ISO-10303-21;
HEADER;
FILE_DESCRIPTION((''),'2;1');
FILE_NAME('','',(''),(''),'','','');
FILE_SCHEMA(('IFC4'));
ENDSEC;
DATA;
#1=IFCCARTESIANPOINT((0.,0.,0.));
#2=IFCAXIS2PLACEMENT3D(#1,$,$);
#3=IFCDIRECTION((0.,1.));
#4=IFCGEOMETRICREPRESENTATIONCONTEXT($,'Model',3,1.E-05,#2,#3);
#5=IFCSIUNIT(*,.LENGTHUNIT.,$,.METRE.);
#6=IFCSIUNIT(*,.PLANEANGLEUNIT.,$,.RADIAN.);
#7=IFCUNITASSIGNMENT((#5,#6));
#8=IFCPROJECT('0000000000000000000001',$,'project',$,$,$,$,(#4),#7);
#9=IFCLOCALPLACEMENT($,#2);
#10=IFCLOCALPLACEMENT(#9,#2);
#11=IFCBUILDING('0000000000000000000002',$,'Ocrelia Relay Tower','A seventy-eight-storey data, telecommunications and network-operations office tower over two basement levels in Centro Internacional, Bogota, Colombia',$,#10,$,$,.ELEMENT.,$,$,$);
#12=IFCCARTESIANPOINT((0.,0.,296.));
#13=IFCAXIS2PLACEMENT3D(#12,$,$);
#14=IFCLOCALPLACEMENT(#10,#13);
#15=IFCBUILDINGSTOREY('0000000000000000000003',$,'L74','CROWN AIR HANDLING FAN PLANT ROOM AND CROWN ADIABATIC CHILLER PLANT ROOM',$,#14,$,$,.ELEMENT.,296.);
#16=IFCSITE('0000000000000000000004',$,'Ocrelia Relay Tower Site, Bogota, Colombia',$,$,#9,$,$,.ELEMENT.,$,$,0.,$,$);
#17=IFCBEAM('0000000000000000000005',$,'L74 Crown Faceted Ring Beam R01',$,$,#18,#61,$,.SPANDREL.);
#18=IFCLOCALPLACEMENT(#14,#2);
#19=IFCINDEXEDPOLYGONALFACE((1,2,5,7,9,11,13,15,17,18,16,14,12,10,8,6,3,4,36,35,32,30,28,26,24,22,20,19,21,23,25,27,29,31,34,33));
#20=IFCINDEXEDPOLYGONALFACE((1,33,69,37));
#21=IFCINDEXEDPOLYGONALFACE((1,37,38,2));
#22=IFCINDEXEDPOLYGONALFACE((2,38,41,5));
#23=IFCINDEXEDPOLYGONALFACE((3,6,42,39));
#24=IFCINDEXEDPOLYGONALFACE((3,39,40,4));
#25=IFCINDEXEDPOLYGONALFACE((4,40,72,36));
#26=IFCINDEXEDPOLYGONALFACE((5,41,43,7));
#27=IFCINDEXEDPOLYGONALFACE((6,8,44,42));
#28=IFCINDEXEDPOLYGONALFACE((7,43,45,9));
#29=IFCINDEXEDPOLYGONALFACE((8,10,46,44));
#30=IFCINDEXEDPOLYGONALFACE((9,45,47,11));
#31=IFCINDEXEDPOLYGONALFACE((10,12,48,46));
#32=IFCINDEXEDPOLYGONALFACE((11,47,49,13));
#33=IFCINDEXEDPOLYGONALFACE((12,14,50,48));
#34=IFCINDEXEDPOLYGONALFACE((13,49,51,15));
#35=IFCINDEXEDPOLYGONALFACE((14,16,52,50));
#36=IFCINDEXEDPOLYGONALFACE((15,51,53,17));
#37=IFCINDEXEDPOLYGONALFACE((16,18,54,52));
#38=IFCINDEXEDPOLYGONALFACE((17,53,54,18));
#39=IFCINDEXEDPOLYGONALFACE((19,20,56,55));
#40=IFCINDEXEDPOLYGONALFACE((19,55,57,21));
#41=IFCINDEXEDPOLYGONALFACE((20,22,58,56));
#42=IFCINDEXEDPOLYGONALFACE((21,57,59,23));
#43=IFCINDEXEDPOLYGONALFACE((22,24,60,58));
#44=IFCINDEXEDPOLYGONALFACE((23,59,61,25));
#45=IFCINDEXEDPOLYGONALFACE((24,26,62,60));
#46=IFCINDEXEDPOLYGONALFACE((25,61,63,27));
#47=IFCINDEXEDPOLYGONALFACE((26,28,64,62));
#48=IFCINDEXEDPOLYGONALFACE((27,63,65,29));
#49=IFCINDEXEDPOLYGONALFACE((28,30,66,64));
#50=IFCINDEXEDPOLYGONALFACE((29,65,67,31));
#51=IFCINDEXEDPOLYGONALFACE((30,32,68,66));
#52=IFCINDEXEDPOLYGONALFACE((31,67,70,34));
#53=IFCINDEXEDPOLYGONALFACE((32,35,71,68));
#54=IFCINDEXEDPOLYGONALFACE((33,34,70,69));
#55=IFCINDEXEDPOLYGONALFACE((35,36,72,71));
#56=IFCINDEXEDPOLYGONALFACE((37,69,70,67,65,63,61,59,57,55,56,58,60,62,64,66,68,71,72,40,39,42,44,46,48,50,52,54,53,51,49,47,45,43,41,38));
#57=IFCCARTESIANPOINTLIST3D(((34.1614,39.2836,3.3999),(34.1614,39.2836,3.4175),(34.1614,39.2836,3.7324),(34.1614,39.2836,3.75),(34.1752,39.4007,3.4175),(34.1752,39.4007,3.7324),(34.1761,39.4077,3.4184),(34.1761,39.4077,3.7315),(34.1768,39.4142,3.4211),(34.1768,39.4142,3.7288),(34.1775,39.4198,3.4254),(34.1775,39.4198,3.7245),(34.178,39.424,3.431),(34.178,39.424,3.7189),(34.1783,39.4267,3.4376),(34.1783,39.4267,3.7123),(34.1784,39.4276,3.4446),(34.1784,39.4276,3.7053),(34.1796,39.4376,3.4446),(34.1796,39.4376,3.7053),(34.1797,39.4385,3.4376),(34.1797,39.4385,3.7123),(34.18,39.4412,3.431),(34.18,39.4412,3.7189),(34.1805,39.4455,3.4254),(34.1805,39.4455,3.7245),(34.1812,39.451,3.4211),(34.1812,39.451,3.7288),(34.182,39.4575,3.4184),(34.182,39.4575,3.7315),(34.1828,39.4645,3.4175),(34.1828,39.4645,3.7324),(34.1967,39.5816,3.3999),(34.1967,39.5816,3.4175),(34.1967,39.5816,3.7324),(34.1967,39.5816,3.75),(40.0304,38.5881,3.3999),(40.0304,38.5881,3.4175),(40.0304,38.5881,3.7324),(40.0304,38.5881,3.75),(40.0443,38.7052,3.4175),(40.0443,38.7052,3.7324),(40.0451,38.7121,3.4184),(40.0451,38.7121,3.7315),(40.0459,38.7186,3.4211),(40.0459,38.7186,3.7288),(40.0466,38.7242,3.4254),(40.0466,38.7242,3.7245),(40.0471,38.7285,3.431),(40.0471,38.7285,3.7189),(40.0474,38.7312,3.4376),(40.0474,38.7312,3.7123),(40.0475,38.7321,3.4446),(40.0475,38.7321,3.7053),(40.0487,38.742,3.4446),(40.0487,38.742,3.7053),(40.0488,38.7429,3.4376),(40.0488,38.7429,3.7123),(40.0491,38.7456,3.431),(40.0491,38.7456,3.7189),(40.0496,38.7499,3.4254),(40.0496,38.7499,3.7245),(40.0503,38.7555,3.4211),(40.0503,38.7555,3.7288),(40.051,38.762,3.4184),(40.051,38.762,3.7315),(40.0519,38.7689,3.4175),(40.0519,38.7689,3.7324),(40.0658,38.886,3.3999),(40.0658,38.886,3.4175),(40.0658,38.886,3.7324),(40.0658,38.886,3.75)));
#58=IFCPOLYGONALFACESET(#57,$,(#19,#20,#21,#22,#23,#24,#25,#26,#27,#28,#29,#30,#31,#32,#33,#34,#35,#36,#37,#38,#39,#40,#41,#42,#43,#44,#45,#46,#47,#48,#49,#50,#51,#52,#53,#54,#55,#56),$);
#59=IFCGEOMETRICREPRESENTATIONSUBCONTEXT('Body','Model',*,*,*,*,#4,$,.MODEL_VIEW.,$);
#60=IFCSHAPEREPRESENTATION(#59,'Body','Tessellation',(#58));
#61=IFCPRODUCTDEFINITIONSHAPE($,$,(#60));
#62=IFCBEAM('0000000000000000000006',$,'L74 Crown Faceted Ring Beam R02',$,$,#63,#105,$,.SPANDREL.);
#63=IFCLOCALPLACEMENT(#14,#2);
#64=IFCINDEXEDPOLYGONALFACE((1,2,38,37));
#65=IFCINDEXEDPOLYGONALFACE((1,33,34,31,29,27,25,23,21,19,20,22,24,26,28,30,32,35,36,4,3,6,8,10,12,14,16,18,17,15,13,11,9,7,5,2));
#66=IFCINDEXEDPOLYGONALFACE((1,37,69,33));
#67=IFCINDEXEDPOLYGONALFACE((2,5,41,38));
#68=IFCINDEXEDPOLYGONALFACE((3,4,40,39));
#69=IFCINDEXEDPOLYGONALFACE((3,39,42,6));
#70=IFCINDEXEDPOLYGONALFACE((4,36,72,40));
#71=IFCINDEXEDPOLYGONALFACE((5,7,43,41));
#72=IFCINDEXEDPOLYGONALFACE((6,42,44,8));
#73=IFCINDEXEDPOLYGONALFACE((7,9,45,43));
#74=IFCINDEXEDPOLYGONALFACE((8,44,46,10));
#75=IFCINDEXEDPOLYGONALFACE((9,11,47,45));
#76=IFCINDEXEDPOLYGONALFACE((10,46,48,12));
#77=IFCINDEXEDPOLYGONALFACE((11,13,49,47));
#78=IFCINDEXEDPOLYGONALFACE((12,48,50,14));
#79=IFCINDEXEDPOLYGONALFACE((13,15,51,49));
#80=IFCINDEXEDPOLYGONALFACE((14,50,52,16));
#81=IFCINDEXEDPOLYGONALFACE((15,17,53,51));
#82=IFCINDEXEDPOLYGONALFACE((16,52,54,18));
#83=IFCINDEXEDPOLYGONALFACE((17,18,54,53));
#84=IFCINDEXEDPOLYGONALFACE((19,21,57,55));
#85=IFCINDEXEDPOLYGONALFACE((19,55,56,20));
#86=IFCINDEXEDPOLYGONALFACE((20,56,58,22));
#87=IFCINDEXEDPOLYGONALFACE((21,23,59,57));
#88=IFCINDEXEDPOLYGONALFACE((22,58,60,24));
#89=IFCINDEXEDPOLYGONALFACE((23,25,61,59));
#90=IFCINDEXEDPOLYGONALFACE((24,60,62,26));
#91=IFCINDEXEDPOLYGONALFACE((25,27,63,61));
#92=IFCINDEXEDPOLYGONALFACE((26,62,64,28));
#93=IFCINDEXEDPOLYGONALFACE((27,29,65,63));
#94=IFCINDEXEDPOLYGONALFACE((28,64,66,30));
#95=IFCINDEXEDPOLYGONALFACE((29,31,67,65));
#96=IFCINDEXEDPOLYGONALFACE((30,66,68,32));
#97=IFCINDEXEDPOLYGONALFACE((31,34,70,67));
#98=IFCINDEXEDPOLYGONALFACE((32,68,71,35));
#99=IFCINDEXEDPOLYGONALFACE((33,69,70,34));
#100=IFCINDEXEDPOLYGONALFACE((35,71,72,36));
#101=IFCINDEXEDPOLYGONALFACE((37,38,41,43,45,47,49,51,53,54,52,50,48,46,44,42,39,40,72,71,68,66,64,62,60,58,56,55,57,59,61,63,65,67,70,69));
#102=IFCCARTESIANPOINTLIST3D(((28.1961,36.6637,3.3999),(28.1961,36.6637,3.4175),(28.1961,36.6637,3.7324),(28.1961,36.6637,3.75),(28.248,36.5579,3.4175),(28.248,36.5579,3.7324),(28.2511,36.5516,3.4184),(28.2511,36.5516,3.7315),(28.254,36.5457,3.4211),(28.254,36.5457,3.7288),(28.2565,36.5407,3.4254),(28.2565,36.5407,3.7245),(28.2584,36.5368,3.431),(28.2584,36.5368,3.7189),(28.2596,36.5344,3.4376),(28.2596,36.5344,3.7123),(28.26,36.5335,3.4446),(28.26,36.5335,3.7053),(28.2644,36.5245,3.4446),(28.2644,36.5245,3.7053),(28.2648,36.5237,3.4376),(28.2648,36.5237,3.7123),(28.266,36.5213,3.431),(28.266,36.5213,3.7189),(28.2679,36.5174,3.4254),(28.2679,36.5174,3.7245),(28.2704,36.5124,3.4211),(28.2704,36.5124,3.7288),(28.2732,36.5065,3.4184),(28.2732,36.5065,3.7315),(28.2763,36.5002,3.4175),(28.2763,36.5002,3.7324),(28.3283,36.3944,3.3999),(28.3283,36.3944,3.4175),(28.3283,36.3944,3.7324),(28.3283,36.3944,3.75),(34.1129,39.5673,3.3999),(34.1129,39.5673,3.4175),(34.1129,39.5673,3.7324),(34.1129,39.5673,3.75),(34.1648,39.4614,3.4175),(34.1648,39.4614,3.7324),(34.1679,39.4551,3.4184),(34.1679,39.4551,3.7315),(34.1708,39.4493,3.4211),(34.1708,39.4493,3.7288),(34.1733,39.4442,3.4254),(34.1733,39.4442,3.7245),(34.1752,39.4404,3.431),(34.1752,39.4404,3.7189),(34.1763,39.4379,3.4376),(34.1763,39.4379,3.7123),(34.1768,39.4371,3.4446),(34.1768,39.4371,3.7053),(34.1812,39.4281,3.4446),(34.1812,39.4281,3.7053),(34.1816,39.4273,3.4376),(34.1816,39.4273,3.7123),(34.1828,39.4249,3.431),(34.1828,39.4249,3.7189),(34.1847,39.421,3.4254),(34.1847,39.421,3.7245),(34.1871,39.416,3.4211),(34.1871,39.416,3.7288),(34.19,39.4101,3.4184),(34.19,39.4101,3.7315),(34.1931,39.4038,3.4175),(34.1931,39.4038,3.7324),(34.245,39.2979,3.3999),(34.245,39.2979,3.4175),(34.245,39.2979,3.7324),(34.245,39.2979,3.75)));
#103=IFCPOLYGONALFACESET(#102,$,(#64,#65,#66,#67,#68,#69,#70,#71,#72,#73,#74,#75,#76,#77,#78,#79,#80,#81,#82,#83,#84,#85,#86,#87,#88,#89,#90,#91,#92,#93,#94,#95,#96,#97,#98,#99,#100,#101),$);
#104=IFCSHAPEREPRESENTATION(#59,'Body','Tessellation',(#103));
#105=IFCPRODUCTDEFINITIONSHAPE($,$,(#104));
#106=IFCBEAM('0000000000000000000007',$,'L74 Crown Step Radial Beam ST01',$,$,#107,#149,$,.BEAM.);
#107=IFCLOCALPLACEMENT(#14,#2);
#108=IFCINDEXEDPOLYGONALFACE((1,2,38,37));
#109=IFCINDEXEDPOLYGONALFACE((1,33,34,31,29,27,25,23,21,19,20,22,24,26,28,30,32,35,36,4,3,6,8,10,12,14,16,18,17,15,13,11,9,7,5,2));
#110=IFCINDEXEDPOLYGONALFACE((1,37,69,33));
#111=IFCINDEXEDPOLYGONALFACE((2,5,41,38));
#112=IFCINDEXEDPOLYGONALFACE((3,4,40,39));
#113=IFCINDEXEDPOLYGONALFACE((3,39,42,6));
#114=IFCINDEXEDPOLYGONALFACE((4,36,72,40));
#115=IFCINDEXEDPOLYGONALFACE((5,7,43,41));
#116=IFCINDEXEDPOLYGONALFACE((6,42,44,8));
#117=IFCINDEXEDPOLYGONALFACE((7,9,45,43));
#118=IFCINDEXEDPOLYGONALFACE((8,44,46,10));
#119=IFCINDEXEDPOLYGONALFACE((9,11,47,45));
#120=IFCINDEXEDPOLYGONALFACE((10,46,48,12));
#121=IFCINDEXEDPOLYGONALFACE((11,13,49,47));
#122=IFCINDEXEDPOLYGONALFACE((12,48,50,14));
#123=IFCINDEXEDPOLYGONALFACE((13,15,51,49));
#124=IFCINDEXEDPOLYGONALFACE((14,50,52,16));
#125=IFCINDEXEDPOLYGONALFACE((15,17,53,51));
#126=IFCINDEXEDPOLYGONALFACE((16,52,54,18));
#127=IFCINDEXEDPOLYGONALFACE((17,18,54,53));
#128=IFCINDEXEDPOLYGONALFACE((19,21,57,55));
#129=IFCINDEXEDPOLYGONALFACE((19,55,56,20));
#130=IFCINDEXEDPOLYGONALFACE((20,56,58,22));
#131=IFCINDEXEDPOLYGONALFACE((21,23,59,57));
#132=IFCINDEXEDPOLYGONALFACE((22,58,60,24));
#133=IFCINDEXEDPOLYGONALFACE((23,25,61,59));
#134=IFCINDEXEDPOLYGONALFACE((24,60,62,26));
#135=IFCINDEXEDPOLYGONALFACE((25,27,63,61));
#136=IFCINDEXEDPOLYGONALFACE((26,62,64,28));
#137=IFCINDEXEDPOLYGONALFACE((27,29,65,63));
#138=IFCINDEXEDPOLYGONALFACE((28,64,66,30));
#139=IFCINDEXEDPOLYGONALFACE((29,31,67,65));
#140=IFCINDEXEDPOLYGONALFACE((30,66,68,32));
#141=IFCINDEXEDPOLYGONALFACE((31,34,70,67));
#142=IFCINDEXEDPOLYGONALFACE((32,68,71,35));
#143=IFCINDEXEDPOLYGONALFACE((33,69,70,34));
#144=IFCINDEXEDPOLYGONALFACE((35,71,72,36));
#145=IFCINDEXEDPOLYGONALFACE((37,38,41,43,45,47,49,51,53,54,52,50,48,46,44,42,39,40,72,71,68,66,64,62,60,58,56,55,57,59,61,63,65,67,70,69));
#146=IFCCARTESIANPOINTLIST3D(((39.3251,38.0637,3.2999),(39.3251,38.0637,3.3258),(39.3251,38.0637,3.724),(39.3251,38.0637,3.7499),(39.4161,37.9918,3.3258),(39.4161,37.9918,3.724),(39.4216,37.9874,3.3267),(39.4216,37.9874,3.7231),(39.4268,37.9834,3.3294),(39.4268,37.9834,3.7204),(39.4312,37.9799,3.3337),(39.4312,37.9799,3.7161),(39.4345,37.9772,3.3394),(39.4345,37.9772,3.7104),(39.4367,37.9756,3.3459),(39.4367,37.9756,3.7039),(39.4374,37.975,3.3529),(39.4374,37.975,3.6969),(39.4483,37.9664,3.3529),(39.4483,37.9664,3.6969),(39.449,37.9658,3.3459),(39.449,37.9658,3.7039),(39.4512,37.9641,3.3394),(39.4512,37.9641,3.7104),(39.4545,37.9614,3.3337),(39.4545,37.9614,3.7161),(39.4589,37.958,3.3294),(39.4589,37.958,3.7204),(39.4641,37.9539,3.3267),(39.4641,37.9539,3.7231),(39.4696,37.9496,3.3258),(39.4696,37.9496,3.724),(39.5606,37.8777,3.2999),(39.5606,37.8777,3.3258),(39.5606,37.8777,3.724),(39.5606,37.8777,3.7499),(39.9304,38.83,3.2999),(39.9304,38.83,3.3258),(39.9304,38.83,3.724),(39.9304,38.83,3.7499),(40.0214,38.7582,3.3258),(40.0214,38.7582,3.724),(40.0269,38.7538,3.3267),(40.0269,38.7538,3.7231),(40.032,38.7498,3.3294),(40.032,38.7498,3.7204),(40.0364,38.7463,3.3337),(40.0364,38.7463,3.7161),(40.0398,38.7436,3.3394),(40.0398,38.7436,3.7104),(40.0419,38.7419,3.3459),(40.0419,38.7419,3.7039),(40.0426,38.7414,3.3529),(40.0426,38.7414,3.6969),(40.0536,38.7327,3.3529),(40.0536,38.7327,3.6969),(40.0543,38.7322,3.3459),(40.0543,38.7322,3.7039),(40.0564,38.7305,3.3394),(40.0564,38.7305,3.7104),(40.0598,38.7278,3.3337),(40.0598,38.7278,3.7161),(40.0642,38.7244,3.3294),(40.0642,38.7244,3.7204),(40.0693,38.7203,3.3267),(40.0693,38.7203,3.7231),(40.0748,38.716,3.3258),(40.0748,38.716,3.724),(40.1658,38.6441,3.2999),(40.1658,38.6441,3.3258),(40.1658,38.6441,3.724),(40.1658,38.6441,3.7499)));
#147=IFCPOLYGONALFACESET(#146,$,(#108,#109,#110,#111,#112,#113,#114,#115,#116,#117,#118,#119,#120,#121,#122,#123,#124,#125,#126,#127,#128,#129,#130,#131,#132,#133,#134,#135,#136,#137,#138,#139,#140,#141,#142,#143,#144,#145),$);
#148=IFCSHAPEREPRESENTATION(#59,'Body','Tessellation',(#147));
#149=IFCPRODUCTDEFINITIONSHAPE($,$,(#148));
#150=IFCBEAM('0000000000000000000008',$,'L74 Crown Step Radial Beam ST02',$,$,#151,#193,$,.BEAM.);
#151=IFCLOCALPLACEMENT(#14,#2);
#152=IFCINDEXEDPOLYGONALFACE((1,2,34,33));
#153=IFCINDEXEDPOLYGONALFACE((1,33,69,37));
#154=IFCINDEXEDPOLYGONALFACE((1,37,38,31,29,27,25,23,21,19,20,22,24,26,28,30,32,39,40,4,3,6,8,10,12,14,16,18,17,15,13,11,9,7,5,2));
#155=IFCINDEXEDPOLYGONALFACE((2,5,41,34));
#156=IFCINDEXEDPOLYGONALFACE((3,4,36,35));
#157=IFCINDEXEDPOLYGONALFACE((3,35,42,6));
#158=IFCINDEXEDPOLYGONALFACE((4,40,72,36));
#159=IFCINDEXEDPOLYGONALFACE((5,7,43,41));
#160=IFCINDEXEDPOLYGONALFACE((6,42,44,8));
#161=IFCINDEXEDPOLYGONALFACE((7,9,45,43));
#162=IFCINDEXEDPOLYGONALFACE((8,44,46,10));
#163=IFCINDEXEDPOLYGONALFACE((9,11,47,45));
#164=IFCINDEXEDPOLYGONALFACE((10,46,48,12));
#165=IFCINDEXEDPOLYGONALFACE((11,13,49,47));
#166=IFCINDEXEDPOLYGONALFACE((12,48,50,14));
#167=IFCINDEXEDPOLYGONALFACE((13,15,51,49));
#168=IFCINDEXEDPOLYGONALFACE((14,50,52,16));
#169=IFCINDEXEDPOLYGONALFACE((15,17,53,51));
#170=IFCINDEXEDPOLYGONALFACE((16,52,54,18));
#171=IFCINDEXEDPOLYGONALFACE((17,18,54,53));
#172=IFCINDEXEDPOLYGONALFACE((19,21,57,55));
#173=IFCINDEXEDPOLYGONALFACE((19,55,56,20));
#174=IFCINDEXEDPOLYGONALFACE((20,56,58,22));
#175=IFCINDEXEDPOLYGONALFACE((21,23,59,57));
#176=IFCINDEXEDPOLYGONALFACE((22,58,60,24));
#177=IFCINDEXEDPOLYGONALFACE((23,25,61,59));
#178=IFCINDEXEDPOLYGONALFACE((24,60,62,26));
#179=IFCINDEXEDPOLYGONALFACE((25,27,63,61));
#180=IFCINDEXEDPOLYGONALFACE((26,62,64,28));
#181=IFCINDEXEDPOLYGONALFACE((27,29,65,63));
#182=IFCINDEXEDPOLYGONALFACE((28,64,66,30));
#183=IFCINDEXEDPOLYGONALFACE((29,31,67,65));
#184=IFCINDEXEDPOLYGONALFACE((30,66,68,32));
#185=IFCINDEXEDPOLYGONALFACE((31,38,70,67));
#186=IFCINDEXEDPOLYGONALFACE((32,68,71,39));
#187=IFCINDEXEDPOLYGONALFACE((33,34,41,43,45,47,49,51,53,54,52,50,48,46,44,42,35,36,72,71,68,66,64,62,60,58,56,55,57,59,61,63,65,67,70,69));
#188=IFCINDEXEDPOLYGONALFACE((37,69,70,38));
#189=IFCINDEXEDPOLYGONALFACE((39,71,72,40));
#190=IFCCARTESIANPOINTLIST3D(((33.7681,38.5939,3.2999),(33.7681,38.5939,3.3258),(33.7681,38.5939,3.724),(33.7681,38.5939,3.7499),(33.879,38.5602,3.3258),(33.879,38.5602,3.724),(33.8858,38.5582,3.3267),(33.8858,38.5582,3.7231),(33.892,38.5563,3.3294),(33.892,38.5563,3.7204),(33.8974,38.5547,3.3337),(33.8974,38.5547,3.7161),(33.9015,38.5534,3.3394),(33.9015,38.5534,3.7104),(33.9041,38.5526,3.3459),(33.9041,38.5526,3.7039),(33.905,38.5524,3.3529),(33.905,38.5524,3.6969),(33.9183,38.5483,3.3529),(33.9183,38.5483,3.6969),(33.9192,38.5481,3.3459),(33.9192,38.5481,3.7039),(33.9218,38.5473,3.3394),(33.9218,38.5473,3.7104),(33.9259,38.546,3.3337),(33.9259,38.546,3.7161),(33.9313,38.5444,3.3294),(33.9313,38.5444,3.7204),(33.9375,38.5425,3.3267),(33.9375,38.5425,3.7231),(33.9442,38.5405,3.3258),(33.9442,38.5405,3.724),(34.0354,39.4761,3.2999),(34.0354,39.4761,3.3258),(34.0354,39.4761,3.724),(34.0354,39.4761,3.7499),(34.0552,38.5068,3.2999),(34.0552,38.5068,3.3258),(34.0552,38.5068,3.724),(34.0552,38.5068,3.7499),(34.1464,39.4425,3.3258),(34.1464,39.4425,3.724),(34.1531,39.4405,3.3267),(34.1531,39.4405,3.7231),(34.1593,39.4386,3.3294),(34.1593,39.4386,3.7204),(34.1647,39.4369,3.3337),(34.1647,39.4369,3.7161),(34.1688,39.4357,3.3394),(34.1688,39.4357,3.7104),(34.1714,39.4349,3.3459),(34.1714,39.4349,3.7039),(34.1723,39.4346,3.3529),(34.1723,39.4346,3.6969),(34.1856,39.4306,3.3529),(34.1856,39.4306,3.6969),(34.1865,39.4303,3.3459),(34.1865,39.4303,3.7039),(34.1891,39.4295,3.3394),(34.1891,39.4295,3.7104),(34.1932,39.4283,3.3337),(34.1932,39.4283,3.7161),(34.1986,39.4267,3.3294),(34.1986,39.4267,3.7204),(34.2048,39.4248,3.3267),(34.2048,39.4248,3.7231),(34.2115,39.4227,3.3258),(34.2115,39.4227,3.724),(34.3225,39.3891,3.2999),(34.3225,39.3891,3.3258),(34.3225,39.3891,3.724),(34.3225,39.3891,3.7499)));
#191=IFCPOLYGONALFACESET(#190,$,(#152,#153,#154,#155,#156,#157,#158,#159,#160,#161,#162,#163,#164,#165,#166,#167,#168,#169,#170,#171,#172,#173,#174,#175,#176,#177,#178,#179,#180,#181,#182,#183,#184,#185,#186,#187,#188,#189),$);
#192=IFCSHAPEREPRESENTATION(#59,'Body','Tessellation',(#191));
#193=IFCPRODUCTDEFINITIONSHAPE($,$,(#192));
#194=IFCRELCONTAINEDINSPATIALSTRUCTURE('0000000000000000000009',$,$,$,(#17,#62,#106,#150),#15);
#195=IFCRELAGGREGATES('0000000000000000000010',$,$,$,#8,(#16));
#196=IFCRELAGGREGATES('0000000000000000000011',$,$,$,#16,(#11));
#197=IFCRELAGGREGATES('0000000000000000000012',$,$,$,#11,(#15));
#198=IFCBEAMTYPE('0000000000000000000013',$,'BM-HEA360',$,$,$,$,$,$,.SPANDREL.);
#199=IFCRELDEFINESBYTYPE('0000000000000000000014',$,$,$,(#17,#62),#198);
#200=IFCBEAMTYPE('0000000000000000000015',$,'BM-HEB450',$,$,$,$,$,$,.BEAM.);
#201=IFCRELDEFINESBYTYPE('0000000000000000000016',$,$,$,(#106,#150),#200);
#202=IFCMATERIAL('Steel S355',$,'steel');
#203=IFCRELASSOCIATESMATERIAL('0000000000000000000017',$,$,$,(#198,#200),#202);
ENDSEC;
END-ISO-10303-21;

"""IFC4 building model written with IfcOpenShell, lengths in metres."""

from ifc_helpers import new_model, si_unit, direction, frame, origin, origin_2d, place, context, subcontext, project, spatial, i_section, extrude, material, material_profile, profile_set, type_object, element, save


model = new_model("IFC4")

# Units and contexts
model_context = context("Model", 3, precision=1e-05, world=origin(), true_north=direction((0.0, 1.0)))
body_context = subcontext(model_context, "Body", "Model", "MODEL_VIEW")
ifc_project = project(units=[si_unit("LENGTHUNIT", "METRE"), si_unit("PLANEANGLEUNIT", "RADIAN")], contexts=[model_context])

# Site, building, storey
site_placement = place(None, origin())
site = spatial("IfcSite", under=ifc_project, at=site_placement, Name="Ocrelia Relay Tower Site, Bogota, Colombia", CompositionType="ELEMENT", RefElevation=0.0)
building_placement = place(site_placement, origin())
building = spatial("IfcBuilding", under=site, at=building_placement, Name="Ocrelia Relay Tower", Description="A seventy-eight-storey data, telecommunications and network-operations office tower over two basement levels in Centro Internacional, Bogota, Colombia", CompositionType="ELEMENT")
storey_placement = place(building_placement, frame((0.0, 0.0, 296.0)))
storey = spatial("IfcBuildingStorey", under=building, at=storey_placement, Name="L74", Description="CROWN AIR HANDLING FAN PLANT ROOM AND CROWN ADIABATIC CHILLER PLANT ROOM", CompositionType="ELEMENT", Elevation=296.0)

# Beams
ifc_material_1 = material(Name="Steel S355", Category="steel")
ifc_material_profile_1 = material_profile(ifc_material_1, i_section(OverallWidth=0.3, OverallDepth=0.3501, WebThickness=0.01, FlangeThickness=0.0176, FilletRadius=0.0271, at=origin_2d()), Name="HEA 360")
ifc_profile_set_1 = profile_set([ifc_material_profile_1], Name="Steel S355")
beam_type_1 = type_object("IfcBeamType", Name="BM-HEA360", PredefinedType="SPANDREL", material=ifc_profile_set_1)
beam_1_placement = place(storey_placement, frame((40.0481, 38.7371, 3.575), z_axis=(-0.993051, 0.117687, 0.0), x_axis=(-0.117687, -0.993051, 0.0)))
element("IfcBeam", 1, at=beam_1_placement, inside=storey, type_object=beam_type_1, Name="L74 Crown Faceted Ring Beam R01", PredefinedType="SPANDREL", context=body_context, shape_type="SweptSolid", body=[
    extrude(i_section(OverallWidth=0.3, OverallDepth=0.3501, WebThickness=0.01, FlangeThickness=0.0176, FilletRadius=0.0271, at=origin_2d()), origin(), (0.0, 0.0, 1.0), 5.9102),
])
beam_2_placement = place(storey_placement, frame((34.179, 39.4326, 3.575), z_axis=(-0.897729, -0.440548, 0.0), x_axis=(0.440548, -0.897729, 0.0)))
element("IfcBeam", 2, at=beam_2_placement, inside=storey, type_object=beam_type_1, Name="L74 Crown Faceted Ring Beam R02", PredefinedType="SPANDREL", context=body_context, shape_type="SweptSolid", body=[
    extrude(i_section(OverallWidth=0.3, OverallDepth=0.3501, WebThickness=0.01, FlangeThickness=0.0176, FilletRadius=0.0271, at=origin_2d()), origin(), (0.0, 0.0, 1.0), 6.5908),
])
ifc_material_profile_2 = material_profile(ifc_material_1, i_section(OverallWidth=0.3, OverallDepth=0.45, WebThickness=0.0139, FlangeThickness=0.0259, FilletRadius=0.0271, at=origin_2d()), Name="HEB 450")
ifc_profile_set_2 = profile_set([ifc_material_profile_2], Name="Steel S355")
beam_type_2 = type_object("IfcBeamType", Name="BM-HEB450", PredefinedType="BEAM", material=ifc_profile_set_2)
beam_3_placement = place(storey_placement, frame((40.0481, 38.7371, 3.5249), z_axis=(-0.619774, -0.78478, 0.0), x_axis=(0.78478, -0.619774, 0.0)))
element("IfcBeam", 3, at=beam_3_placement, inside=storey, type_object=beam_type_2, Name="L74 Crown Step Radial Beam ST01", PredefinedType="BEAM", context=body_context, shape_type="SweptSolid", body=[
    extrude(i_section(OverallWidth=0.3, OverallDepth=0.45, WebThickness=0.0139, FlangeThickness=0.0259, FilletRadius=0.0271, at=origin_2d()), origin(), (0.0, 0.0, 1.0), 0.9766),
])
beam_4_placement = place(storey_placement, frame((34.179, 39.4326, 3.5249), z_axis=(-0.289971, -0.957036, 0.0), x_axis=(0.957036, -0.289971, 0.0)))
element("IfcBeam", 4, at=beam_4_placement, inside=storey, type_object=beam_type_2, Name="L74 Crown Step Radial Beam ST02", PredefinedType="BEAM", context=body_context, shape_type="SweptSolid", body=[
    extrude(i_section(OverallWidth=0.3, OverallDepth=0.45, WebThickness=0.0139, FlangeThickness=0.0259, FilletRadius=0.0271, at=origin_2d()), origin(), (0.0, 0.0, 1.0), 0.9219),
])

save(model, "model.ifc")
